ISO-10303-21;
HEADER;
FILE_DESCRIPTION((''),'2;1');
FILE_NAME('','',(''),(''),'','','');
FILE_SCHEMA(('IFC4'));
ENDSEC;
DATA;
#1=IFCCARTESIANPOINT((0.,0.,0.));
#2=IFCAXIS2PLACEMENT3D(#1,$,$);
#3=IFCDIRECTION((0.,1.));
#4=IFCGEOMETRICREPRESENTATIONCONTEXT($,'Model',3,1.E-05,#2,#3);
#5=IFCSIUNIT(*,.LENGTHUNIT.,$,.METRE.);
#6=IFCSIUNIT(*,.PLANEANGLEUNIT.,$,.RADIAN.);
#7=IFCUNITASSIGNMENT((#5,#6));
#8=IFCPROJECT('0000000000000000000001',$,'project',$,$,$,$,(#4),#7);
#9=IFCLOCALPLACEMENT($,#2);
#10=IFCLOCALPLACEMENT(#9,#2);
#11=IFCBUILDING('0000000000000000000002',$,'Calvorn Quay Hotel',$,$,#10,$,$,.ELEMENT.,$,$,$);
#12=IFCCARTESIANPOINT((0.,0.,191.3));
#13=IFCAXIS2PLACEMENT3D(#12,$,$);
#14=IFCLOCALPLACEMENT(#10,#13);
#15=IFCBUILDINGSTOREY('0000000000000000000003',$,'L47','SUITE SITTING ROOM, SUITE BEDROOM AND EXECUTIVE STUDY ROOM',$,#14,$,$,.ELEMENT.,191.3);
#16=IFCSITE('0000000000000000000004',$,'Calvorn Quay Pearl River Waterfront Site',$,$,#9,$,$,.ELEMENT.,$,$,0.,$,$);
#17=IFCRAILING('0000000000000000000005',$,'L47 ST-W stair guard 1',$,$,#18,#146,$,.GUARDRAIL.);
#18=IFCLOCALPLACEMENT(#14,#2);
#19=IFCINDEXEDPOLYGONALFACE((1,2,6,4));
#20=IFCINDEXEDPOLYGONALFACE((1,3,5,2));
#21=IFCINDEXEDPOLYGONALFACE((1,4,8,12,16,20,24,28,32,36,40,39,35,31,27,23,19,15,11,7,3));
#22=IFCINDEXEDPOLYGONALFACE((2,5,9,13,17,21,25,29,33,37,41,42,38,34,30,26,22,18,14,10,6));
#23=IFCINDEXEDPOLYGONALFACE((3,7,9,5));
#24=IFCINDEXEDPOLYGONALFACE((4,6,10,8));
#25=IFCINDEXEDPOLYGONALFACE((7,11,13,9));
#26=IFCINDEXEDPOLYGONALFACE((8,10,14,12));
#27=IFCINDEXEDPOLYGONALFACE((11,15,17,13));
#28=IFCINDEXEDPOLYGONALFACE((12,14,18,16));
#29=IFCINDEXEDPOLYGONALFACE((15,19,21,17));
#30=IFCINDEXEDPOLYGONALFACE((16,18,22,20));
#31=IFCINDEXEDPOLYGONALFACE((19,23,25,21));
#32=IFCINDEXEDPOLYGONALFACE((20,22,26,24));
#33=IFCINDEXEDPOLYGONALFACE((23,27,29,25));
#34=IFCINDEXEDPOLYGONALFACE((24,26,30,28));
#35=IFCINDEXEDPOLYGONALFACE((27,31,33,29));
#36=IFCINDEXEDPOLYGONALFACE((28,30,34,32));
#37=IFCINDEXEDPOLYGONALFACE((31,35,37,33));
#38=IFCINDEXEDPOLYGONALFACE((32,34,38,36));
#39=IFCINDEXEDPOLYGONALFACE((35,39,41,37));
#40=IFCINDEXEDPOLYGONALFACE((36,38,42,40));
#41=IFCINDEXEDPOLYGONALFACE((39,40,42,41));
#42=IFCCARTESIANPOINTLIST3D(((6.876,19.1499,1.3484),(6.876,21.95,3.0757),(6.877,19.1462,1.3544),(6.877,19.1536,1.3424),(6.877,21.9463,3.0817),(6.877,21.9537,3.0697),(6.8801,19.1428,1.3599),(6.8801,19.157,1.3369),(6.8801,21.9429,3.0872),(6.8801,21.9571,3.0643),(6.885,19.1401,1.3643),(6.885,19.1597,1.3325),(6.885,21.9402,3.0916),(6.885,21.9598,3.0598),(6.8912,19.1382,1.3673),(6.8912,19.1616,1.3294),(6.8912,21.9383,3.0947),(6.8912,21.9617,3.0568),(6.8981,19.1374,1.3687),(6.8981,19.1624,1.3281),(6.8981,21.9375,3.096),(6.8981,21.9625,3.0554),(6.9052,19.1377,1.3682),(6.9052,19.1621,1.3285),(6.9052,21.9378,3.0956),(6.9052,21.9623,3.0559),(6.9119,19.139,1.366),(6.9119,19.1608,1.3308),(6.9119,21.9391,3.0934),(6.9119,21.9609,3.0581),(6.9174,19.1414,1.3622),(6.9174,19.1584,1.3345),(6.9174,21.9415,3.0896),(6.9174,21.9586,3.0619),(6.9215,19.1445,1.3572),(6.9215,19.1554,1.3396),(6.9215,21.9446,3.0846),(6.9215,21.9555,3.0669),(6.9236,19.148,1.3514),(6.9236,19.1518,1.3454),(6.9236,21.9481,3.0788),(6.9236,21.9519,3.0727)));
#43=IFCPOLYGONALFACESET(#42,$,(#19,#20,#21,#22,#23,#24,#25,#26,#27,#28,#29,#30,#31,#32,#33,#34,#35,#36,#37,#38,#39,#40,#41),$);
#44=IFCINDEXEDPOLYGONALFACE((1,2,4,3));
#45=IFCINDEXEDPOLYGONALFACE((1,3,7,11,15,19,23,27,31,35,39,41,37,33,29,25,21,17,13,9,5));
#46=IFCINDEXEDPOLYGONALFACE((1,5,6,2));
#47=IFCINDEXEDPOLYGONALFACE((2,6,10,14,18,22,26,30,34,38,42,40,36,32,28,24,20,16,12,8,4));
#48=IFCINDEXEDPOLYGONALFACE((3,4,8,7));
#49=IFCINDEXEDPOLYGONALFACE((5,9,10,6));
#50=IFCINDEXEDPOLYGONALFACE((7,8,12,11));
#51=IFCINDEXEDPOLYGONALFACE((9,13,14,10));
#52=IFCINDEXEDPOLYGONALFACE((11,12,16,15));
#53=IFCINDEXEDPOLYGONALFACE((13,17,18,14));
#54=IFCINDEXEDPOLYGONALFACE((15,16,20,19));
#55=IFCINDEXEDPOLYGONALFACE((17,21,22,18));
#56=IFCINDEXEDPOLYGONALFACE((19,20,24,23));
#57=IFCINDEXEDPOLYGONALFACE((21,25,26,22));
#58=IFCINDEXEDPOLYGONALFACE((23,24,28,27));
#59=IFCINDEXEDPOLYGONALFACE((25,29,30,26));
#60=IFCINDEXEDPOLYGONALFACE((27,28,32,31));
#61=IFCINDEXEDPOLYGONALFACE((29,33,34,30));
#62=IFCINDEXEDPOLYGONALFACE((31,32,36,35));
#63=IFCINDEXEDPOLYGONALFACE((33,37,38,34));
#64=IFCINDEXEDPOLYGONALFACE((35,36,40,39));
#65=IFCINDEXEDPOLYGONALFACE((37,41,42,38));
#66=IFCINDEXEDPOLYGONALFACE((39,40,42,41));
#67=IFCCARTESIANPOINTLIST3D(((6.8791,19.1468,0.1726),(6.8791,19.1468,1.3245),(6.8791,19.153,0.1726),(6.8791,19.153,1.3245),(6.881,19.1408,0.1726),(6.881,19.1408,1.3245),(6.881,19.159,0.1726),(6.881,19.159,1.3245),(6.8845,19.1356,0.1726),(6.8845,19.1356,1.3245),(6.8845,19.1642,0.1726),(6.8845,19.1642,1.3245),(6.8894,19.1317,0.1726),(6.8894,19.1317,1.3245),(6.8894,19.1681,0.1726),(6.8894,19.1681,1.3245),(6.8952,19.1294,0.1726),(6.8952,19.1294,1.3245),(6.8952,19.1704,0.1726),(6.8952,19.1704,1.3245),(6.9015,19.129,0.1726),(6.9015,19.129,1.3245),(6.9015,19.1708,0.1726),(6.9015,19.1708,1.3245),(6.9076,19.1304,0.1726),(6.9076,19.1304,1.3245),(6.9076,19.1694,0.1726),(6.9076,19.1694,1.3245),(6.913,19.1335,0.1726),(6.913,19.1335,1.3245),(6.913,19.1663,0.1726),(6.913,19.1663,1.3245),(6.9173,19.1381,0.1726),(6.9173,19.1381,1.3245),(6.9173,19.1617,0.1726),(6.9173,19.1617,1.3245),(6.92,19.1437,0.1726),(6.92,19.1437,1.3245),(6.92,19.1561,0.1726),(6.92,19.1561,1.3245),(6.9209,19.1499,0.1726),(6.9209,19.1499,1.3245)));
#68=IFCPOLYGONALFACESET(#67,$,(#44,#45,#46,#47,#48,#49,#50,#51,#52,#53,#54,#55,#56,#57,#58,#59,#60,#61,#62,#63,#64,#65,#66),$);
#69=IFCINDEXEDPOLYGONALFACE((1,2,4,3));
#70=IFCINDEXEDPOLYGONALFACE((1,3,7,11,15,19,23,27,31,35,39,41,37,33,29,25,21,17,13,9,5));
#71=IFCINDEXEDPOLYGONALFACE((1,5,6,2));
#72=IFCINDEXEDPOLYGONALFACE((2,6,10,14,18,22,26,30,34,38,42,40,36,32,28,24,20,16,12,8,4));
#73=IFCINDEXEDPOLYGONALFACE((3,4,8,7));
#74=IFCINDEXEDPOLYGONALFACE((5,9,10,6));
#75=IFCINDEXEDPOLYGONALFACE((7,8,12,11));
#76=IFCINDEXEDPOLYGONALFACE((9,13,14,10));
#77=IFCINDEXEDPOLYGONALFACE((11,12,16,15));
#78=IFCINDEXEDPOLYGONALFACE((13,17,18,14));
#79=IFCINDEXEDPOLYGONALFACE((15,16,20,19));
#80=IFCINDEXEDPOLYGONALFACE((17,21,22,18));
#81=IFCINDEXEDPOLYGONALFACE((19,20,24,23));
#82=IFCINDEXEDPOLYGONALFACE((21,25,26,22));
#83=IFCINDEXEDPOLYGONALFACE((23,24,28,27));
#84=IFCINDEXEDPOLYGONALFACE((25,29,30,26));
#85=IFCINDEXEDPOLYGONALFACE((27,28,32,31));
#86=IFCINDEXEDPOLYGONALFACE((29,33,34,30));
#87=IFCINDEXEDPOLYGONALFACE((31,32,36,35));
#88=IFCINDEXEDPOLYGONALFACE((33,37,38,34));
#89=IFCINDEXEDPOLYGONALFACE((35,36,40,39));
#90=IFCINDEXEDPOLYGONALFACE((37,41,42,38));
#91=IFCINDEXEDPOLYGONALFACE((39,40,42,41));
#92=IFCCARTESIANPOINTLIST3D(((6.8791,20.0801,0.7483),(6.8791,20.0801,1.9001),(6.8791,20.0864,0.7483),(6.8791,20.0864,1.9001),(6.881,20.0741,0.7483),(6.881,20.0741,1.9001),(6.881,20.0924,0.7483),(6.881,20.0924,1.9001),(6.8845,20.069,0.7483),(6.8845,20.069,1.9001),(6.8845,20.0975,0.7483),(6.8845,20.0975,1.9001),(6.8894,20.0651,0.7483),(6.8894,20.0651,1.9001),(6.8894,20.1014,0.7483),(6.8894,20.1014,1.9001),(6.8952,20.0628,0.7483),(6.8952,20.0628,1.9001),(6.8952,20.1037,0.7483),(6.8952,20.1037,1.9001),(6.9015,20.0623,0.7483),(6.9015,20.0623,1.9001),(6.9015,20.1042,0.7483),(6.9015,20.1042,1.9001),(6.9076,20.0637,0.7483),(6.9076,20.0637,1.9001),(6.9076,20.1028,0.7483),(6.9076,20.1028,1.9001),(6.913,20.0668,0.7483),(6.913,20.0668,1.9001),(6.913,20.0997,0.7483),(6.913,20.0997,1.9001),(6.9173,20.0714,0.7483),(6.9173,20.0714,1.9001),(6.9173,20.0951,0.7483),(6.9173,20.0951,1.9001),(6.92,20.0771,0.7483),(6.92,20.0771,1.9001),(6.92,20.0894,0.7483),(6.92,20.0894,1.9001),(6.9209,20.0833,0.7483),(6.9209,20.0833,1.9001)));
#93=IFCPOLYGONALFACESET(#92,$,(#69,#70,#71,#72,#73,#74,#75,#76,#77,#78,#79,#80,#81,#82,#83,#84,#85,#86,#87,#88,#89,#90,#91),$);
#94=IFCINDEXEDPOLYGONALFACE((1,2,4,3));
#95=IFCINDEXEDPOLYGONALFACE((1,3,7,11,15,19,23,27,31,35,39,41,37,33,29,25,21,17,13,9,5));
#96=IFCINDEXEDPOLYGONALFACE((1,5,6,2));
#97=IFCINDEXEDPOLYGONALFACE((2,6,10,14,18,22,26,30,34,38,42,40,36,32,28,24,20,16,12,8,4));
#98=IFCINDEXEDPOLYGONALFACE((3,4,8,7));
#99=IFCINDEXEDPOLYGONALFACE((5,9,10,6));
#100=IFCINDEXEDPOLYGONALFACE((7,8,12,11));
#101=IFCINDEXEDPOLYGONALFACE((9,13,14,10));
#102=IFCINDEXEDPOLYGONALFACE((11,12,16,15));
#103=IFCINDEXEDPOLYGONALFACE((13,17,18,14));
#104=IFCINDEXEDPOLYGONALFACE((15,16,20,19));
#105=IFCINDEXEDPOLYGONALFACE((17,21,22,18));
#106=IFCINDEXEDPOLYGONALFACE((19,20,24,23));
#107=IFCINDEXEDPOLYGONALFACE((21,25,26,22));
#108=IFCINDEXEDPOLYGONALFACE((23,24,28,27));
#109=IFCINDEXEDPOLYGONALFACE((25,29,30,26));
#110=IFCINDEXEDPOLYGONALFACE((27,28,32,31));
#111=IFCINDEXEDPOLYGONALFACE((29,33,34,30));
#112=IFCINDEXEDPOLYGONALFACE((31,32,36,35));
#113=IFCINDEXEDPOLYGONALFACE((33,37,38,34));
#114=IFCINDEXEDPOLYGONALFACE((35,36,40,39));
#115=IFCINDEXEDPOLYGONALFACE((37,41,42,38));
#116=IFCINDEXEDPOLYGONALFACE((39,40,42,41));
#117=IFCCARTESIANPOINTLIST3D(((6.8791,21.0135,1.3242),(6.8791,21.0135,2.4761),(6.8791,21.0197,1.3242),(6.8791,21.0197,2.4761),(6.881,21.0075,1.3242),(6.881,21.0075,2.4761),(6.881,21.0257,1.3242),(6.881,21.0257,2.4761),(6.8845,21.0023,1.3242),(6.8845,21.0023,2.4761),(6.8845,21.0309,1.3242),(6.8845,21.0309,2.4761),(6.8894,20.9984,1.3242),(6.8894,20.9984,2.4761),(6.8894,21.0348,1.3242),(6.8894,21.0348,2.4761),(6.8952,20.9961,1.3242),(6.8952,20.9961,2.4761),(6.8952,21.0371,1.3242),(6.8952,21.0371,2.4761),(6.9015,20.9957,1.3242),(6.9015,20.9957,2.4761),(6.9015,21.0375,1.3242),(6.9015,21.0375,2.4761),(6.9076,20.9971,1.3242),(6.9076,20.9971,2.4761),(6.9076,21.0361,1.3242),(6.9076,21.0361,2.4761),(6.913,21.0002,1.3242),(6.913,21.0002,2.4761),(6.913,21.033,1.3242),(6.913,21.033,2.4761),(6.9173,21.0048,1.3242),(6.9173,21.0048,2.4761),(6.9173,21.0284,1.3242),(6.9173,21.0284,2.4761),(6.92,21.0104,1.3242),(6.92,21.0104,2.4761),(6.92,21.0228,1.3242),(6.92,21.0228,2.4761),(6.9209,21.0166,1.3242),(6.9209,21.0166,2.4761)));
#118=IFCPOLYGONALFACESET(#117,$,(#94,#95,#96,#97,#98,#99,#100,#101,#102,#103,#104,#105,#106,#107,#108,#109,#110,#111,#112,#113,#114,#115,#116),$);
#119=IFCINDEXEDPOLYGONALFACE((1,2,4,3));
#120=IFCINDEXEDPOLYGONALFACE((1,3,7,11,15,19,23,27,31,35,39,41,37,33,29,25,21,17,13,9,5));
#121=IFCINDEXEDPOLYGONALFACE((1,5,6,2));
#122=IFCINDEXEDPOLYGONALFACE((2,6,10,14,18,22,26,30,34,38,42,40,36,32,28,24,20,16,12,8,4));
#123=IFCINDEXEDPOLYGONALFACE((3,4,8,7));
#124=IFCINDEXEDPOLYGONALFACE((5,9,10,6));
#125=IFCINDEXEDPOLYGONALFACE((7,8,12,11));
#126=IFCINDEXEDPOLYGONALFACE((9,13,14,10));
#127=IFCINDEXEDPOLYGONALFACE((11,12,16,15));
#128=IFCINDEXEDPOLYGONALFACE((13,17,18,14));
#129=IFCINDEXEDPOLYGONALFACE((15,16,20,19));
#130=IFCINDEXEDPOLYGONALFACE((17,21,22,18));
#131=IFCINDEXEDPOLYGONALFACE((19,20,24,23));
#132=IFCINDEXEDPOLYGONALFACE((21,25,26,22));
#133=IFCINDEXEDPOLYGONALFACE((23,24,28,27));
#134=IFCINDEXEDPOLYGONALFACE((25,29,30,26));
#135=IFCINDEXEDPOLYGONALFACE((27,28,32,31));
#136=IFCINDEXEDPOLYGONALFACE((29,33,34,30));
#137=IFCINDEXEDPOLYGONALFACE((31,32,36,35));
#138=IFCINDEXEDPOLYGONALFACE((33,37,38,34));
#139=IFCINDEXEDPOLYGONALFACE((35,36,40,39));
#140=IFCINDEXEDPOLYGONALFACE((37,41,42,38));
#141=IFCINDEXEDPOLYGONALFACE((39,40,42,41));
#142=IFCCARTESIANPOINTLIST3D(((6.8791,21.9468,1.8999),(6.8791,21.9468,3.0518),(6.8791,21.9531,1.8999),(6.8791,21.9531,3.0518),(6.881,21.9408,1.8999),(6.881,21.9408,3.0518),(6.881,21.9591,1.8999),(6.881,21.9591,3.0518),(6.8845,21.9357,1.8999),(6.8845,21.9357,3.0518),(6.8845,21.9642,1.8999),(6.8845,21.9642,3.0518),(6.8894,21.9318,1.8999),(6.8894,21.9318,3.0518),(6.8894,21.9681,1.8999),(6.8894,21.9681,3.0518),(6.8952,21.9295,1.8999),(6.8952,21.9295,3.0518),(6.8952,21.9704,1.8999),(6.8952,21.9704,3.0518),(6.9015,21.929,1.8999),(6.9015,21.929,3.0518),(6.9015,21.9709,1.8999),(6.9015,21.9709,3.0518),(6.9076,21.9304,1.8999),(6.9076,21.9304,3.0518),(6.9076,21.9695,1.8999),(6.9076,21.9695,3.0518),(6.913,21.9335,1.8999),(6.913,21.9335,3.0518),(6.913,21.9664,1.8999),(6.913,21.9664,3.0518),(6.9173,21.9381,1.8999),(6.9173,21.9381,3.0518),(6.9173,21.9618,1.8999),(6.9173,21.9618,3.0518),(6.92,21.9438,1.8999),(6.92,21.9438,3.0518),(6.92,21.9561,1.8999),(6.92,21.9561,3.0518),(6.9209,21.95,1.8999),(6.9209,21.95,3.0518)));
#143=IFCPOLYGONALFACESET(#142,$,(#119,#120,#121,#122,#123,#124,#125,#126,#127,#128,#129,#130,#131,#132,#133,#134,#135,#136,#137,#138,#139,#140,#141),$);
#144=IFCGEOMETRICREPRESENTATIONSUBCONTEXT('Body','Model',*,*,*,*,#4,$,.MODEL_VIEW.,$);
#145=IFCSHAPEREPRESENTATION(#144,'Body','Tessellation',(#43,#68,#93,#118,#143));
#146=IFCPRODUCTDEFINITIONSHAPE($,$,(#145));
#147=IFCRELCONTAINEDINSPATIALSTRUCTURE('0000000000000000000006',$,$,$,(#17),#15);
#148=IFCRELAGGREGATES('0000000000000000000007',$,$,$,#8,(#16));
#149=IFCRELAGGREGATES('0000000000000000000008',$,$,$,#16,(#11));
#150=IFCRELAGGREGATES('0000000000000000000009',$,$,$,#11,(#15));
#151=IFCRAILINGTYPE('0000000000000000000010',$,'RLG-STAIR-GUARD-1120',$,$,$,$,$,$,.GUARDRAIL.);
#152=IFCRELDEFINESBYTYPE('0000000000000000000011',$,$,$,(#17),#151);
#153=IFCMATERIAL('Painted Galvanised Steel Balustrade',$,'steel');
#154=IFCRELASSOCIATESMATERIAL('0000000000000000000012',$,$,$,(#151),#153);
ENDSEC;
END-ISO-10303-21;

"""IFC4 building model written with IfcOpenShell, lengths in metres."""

from ifc_helpers import new_model, si_unit, direction, frame, origin, origin_2d, place, context, subcontext, project, spatial, circle, extrude, material, type_object, element, save


model = new_model("IFC4")

# Units and contexts
model_context = context("Model", 3, precision=1e-05, world=origin(), true_north=direction((0.0, 1.0)))
body_context = subcontext(model_context, "Body", "Model", "MODEL_VIEW")
ifc_project = project(units=[si_unit("LENGTHUNIT", "METRE"), si_unit("PLANEANGLEUNIT", "RADIAN")], contexts=[model_context])

# Site, building, storey
site_placement = place(None, origin())
site = spatial("IfcSite", under=ifc_project, at=site_placement, Name="Calvorn Quay Pearl River Waterfront Site", CompositionType="ELEMENT", RefElevation=0.0)
building_placement = place(site_placement, origin())
building = spatial("IfcBuilding", under=site, at=building_placement, Name="Calvorn Quay Hotel", CompositionType="ELEMENT")
storey_placement = place(building_placement, frame((0.0, 0.0, 191.3)))
storey = spatial("IfcBuildingStorey", under=building, at=storey_placement, Name="L47", Description="SUITE SITTING ROOM, SUITE BEDROOM AND EXECUTIVE STUDY ROOM", CompositionType="ELEMENT", Elevation=191.3)

# Railing
ifc_material_1 = material(Name="Painted Galvanised Steel Balustrade", Category="steel")
railing_type_1 = type_object("IfcRailingType", Name="RLG-STAIR-GUARD-1120", PredefinedType="GUARDRAIL", material=ifc_material_1)
railing_1_placement = place(storey_placement, frame((6.8999, 19.1499, 0.1726)))
element("IfcRailing", 1, at=railing_1_placement, inside=storey, type_object=railing_type_1, Name="L47 ST-W stair guard 1", PredefinedType="GUARDRAIL", context=body_context, shape_type="SweptSolid", body=[
    extrude(circle(Radius=0.0239, at=origin_2d()), frame((0.0, 0.0, 1.1758), z_axis=(0.0, 0.85109, 0.52502), x_axis=(-1.0, 0.0, 0.0)), (0.0, 0.0, 1.0), 3.29),
    extrude(circle(Radius=0.021, at=origin_2d()), origin(), (0.0, 0.0, 1.0), 1.1519),
    extrude(circle(Radius=0.021, at=origin_2d()), frame((0.0, 0.9333, 0.5757)), (0.0, 0.0, 1.0), 1.1519),
    extrude(circle(Radius=0.021, at=origin_2d()), frame((0.0, 1.8667, 1.1516)), (0.0, 0.0, 1.0), 1.1519),
    extrude(circle(Radius=0.021, at=origin_2d()), frame((0.0, 2.8, 1.7273)), (0.0, 0.0, 1.0), 1.1519),
])

save(model, "model.ifc")
